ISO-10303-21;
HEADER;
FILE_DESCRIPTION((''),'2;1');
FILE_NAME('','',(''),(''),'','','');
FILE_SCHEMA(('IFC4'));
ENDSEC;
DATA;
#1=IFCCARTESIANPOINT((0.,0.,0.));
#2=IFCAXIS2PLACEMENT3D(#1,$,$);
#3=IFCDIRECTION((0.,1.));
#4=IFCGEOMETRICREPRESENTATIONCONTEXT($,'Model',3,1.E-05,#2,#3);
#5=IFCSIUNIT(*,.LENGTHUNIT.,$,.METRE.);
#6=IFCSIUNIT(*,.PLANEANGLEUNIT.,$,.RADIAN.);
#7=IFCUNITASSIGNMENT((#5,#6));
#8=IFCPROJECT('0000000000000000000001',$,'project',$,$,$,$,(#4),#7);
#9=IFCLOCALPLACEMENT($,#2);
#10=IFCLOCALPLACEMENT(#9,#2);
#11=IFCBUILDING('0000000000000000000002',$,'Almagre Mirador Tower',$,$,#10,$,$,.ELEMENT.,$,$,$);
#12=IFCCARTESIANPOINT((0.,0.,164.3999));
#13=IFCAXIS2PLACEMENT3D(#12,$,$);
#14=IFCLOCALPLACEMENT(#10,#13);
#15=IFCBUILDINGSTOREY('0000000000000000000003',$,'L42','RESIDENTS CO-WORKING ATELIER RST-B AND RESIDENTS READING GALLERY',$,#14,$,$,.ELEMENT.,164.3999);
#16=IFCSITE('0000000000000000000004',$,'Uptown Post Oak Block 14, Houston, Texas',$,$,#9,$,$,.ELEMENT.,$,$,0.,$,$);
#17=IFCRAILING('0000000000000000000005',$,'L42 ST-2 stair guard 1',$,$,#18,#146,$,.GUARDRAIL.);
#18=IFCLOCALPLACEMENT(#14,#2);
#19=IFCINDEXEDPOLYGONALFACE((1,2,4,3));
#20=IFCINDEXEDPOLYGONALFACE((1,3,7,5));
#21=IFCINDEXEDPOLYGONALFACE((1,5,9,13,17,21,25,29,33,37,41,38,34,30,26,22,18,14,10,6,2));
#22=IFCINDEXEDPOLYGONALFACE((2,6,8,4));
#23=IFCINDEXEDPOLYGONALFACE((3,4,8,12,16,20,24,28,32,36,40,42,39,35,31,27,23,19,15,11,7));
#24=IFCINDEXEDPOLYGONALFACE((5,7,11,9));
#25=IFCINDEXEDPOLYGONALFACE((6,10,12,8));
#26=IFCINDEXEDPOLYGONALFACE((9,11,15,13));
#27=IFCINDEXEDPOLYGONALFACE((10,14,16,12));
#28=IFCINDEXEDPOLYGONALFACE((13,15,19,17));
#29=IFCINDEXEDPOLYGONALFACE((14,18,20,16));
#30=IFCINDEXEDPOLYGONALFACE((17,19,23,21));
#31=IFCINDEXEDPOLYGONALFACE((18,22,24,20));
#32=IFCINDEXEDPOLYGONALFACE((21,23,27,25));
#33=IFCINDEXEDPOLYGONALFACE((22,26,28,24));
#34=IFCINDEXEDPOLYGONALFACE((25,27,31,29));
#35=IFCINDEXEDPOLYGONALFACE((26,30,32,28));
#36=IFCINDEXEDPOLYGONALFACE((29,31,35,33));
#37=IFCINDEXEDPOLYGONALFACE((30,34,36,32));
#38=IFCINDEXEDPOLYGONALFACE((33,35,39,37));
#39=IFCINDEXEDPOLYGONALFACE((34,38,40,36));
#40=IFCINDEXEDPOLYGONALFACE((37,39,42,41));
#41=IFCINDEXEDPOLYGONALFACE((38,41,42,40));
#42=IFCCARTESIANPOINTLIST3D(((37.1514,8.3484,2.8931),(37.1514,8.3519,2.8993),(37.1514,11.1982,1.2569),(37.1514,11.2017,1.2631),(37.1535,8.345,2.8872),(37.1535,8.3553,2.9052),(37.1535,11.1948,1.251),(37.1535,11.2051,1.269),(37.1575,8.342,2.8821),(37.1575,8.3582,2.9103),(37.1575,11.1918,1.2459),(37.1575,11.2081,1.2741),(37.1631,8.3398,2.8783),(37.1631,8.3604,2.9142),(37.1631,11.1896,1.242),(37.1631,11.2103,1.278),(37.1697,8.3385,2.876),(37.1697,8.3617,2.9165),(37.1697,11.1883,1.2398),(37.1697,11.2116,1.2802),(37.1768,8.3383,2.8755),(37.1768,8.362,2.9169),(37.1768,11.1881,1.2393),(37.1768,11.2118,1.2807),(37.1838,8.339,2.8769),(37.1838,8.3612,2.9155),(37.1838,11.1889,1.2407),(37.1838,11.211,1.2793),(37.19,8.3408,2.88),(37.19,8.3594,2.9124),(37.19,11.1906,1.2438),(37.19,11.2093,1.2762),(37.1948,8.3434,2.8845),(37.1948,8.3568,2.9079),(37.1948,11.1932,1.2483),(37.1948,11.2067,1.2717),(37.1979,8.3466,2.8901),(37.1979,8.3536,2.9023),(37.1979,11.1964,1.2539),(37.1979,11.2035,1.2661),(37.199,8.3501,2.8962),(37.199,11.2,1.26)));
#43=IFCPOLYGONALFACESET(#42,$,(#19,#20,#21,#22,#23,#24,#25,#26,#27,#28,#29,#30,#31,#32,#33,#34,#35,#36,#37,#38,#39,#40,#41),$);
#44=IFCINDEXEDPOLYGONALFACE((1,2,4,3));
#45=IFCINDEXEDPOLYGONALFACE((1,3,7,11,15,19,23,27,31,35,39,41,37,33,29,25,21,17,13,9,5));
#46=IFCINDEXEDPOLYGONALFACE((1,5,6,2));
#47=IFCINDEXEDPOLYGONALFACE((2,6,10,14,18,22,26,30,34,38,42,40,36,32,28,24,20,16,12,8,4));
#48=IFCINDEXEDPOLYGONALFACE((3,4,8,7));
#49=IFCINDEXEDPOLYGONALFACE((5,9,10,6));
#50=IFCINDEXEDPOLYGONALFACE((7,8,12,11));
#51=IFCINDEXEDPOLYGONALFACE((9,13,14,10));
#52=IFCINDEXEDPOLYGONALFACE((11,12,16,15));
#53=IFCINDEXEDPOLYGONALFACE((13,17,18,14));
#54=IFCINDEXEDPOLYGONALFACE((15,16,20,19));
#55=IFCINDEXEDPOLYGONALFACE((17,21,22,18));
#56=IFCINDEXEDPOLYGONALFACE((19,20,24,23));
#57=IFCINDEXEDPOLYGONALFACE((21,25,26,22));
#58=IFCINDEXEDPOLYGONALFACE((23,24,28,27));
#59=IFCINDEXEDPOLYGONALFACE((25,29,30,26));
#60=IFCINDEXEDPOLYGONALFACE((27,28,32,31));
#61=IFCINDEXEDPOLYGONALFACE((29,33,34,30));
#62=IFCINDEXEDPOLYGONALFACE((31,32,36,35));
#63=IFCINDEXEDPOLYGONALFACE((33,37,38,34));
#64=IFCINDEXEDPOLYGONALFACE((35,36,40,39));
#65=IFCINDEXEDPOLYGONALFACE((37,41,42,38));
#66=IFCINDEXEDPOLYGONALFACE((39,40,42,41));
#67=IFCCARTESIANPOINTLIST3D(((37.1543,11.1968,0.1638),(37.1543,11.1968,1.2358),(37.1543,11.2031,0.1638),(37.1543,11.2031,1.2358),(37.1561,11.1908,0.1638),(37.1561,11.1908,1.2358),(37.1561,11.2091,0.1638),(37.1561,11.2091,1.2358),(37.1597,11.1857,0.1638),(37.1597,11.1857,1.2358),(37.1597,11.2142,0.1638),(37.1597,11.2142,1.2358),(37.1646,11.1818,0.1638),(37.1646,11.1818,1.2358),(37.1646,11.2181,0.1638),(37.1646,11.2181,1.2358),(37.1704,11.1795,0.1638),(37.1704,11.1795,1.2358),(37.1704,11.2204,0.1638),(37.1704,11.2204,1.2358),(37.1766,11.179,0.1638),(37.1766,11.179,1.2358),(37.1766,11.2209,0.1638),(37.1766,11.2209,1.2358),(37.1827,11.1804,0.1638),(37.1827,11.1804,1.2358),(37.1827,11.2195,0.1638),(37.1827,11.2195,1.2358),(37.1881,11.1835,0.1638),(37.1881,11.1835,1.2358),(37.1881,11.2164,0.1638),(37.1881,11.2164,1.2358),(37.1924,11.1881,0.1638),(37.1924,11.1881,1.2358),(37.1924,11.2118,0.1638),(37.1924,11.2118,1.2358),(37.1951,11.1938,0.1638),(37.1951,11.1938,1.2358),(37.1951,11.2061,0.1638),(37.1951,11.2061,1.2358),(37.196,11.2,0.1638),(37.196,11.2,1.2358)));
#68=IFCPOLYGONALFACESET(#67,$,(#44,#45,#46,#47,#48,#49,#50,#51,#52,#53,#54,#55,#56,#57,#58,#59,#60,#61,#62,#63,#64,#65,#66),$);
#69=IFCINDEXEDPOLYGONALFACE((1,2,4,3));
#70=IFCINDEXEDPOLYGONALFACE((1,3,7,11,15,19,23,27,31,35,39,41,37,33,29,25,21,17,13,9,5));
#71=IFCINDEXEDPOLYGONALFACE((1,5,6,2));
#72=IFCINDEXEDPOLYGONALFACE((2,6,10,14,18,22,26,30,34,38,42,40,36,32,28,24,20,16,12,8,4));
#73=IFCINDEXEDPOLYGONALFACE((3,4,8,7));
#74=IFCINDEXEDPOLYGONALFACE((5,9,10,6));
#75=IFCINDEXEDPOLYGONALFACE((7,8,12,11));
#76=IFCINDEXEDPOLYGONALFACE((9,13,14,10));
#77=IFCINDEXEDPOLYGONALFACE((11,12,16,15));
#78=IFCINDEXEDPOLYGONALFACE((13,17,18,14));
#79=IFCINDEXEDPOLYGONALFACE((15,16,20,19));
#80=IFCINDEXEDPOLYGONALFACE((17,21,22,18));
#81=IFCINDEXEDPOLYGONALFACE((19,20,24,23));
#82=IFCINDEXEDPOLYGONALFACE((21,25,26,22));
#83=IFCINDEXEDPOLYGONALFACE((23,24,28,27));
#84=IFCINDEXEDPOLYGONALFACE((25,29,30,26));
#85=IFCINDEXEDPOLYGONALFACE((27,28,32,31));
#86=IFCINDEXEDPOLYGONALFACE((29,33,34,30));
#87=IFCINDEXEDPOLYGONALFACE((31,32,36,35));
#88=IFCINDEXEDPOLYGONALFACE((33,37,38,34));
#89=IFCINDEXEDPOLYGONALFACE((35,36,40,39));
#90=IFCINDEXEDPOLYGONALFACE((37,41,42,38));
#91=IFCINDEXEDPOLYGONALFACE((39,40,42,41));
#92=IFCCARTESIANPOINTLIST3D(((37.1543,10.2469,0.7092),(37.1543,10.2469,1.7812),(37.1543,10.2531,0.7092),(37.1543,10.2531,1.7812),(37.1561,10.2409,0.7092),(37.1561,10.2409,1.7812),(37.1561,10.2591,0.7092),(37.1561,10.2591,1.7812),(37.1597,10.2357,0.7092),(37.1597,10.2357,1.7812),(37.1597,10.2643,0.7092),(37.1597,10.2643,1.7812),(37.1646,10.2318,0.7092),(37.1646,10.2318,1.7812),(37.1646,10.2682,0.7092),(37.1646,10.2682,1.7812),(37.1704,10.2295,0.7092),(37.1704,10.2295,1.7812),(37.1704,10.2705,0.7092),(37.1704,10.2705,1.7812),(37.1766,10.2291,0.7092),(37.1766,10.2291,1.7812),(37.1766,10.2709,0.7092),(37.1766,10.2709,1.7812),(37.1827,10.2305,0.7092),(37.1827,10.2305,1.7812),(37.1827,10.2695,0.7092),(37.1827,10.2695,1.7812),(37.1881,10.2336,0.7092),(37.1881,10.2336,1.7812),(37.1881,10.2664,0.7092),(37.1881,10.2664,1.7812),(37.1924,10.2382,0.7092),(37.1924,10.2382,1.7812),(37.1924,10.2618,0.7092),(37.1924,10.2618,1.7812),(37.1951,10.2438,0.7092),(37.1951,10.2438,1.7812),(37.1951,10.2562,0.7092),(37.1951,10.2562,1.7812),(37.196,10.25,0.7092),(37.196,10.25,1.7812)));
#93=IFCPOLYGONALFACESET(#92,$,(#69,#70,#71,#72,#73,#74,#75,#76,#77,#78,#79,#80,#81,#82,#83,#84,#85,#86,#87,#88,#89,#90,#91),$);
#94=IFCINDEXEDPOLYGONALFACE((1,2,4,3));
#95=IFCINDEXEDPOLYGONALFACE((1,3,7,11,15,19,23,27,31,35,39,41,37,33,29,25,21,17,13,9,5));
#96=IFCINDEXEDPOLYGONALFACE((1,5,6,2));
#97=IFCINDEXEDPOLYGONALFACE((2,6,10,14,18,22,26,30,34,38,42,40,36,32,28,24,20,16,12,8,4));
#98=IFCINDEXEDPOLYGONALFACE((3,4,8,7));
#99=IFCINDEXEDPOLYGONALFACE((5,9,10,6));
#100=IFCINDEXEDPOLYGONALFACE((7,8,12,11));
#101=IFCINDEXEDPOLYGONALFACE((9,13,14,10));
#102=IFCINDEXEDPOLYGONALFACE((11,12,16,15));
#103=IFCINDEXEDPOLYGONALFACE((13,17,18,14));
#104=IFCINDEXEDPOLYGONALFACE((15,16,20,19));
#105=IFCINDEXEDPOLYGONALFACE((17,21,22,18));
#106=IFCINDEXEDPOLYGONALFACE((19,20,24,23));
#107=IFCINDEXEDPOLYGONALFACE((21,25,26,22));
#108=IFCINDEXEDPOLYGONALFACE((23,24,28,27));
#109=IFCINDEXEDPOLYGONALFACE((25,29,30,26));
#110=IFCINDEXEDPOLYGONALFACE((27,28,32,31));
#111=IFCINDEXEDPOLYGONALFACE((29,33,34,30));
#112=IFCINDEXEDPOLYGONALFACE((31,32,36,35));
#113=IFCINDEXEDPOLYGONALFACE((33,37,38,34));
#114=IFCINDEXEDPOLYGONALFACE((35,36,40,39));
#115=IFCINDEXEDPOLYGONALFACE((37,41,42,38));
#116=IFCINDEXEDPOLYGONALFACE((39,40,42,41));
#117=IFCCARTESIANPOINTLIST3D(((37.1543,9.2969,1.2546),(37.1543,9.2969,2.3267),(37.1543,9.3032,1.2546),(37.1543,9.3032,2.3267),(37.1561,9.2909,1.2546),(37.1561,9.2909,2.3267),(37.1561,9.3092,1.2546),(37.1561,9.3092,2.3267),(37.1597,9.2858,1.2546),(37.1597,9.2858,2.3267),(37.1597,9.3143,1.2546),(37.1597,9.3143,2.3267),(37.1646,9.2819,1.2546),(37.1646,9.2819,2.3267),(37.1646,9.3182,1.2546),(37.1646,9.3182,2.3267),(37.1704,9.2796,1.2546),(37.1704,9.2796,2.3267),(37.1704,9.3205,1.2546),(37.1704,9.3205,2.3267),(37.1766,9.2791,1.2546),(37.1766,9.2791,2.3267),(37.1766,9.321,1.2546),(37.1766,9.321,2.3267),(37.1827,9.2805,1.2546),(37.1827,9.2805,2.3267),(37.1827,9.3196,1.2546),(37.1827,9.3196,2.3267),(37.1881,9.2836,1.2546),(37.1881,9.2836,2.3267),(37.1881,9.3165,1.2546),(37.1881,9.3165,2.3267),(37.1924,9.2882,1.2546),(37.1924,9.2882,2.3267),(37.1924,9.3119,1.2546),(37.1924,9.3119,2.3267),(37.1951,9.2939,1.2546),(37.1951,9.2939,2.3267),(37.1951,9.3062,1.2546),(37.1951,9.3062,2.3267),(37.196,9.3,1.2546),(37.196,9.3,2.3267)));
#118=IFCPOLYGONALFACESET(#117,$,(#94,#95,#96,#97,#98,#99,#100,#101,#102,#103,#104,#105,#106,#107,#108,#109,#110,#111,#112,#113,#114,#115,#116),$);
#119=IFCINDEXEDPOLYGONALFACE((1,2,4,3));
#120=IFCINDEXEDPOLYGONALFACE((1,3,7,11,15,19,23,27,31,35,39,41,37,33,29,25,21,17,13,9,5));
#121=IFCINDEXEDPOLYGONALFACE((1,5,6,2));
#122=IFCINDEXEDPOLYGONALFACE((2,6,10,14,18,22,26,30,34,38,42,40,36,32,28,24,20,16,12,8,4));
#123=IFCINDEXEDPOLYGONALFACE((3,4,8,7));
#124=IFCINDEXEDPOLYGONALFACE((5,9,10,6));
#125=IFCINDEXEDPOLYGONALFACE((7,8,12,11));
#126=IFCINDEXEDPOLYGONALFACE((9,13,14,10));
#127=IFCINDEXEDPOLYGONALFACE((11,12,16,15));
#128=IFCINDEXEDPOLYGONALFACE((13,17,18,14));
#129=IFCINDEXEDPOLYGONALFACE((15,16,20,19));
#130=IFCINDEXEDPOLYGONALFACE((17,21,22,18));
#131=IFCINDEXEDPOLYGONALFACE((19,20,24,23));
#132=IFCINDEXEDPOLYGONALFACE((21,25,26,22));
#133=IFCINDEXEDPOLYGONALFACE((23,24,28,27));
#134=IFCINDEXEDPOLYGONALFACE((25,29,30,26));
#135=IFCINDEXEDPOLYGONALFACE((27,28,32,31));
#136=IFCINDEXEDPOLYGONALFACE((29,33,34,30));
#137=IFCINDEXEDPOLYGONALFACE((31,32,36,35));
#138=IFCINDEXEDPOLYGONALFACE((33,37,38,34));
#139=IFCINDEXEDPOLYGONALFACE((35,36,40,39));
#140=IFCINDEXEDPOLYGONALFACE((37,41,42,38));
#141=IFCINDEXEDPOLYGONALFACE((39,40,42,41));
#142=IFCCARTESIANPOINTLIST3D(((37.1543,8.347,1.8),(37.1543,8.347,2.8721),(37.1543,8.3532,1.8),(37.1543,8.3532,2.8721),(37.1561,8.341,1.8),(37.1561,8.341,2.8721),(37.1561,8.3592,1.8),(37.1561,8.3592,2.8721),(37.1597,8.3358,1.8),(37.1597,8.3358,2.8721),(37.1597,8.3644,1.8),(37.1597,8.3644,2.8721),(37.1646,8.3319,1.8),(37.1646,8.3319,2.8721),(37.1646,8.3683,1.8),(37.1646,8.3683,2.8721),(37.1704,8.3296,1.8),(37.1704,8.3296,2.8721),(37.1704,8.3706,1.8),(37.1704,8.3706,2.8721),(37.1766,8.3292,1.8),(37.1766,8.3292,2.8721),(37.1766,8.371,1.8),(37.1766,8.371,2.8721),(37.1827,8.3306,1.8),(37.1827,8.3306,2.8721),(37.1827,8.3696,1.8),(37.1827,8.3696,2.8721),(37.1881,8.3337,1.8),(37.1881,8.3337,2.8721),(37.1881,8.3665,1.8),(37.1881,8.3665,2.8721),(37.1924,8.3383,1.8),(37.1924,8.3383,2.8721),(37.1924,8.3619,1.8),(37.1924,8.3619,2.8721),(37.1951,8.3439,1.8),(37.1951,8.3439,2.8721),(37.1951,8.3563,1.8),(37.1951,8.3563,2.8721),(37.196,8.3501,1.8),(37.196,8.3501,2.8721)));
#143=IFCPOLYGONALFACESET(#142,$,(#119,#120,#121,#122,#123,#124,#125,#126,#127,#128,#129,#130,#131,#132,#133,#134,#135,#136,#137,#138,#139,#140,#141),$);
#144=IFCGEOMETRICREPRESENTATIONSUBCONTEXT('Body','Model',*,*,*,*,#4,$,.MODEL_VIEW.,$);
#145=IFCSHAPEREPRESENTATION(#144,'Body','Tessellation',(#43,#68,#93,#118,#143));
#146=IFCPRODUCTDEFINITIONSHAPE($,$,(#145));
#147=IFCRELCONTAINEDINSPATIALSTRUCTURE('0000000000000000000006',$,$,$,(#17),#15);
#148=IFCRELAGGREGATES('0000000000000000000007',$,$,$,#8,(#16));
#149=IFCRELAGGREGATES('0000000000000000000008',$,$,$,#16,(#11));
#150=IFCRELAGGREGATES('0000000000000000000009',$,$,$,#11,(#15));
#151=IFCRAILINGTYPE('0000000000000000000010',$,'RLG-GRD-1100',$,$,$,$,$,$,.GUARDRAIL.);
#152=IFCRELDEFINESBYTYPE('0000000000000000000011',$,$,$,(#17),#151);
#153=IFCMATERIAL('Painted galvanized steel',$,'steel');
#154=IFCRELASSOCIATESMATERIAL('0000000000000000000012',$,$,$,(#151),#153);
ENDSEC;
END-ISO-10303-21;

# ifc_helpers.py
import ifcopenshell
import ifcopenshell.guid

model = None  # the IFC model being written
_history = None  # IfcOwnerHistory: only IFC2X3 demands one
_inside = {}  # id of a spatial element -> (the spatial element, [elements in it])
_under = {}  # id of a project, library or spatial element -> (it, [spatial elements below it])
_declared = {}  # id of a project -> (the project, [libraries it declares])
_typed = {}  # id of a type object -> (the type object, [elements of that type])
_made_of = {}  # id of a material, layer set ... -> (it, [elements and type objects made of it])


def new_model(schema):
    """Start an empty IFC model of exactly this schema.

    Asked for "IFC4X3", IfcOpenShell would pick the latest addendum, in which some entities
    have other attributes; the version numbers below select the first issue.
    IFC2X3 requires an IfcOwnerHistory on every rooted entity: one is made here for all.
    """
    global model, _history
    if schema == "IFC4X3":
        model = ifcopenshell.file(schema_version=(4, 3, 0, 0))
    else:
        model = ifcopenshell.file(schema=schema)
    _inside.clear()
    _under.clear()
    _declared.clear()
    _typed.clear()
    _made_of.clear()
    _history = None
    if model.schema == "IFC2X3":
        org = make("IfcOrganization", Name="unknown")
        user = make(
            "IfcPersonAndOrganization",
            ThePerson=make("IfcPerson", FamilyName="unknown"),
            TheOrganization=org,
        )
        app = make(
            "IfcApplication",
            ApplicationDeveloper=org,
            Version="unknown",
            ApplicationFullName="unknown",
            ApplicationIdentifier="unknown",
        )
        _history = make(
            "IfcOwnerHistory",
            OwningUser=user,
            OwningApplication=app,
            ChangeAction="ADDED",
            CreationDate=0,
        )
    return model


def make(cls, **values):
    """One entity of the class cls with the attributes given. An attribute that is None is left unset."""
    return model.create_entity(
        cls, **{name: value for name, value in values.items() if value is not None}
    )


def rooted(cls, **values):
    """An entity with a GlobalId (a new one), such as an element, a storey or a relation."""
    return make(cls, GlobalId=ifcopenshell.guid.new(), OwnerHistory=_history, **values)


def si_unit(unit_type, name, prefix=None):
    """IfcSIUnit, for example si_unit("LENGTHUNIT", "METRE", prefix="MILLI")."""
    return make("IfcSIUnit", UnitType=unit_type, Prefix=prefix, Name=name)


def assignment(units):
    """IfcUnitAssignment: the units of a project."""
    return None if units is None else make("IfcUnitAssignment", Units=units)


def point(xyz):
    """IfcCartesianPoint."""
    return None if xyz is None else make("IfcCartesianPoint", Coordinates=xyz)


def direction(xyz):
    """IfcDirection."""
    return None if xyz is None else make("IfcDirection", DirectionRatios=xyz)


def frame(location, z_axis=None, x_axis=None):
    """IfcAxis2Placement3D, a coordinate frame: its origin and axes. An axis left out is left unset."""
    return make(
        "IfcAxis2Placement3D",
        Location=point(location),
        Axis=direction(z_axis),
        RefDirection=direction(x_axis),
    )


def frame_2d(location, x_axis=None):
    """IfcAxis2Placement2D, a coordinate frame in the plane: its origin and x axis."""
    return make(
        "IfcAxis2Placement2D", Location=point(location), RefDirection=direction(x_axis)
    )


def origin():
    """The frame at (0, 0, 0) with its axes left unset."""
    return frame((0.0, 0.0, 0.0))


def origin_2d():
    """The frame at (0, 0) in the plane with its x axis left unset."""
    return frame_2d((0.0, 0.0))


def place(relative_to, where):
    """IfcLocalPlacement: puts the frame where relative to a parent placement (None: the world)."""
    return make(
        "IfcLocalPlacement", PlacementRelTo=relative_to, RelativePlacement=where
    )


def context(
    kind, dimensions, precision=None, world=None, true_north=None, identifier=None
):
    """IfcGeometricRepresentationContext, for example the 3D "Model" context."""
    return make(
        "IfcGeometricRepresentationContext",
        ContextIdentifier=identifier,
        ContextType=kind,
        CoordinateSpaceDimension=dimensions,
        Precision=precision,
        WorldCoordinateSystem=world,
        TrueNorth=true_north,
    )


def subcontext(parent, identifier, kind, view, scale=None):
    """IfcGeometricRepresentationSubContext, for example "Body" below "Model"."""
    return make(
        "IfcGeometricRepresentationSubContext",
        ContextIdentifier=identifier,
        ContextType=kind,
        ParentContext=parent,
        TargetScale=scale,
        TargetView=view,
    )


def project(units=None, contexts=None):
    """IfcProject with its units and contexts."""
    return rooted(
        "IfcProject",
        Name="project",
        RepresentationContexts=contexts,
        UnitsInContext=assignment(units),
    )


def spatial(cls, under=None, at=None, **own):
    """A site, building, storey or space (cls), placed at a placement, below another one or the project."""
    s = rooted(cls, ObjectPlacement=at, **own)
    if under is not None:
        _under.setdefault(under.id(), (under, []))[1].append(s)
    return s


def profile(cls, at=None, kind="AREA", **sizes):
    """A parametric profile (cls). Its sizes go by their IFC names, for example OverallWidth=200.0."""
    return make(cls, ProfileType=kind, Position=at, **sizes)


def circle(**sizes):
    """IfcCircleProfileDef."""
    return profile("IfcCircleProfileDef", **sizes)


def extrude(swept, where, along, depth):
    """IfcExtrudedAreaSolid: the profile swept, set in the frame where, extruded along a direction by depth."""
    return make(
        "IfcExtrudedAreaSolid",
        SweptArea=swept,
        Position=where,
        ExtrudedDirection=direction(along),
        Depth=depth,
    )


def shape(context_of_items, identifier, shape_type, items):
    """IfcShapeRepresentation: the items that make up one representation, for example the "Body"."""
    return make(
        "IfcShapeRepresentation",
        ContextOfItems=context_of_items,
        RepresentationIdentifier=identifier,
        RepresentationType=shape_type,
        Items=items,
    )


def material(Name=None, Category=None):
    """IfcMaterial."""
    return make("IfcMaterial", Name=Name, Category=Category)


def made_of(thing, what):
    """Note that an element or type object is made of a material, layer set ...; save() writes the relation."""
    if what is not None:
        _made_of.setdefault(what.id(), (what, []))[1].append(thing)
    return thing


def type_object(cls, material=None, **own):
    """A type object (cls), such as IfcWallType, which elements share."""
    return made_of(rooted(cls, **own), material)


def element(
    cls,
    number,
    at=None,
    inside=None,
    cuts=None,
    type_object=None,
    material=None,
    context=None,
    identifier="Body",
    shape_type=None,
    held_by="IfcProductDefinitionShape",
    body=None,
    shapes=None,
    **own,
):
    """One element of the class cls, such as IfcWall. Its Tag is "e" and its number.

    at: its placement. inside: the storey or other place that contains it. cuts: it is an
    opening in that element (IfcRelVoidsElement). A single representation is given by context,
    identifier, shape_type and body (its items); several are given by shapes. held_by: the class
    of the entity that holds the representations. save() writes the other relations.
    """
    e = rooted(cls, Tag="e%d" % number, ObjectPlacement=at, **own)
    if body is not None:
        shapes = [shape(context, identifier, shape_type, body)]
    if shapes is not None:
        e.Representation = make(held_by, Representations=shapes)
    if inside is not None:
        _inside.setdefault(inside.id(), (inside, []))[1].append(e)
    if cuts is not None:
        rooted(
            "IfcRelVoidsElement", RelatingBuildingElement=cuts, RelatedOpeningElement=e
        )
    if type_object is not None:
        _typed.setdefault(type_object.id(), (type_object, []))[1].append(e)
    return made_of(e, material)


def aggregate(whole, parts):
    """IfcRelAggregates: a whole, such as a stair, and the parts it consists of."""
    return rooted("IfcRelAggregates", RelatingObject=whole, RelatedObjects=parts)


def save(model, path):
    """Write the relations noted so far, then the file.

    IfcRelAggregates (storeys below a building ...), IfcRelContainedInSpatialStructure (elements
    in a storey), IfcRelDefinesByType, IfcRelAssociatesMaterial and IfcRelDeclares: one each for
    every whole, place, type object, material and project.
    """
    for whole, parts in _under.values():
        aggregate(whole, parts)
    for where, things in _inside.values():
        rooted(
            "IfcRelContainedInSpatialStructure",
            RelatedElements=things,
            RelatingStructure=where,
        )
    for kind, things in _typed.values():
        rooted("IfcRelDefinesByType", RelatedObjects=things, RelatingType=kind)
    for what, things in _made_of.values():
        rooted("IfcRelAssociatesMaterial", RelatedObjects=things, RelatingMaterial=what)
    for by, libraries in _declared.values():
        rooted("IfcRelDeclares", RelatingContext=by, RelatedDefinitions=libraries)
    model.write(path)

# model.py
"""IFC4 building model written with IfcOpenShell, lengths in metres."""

from ifc_helpers import new_model, si_unit, direction, frame, origin, origin_2d, place, context, subcontext, project, spatial, circle, extrude, material, type_object, element, save


model = new_model("IFC4")

# Units and contexts
model_context = context("Model", 3, precision=1e-05, world=origin(), true_north=direction((0.0, 1.0)))
body_context = subcontext(model_context, "Body", "Model", "MODEL_VIEW")
ifc_project = project(units=[si_unit("LENGTHUNIT", "METRE"), si_unit("PLANEANGLEUNIT", "RADIAN")], contexts=[model_context])

# Site, building, storey
site_placement = place(None, origin())
site = spatial("IfcSite", under=ifc_project, at=site_placement, Name="Uptown Post Oak Block 14, Houston, Texas", CompositionType="ELEMENT", RefElevation=0.0)
building_placement = place(site_placement, origin())
building = spatial("IfcBuilding", under=site, at=building_placement, Name="Almagre Mirador Tower", CompositionType="ELEMENT")
storey_placement = place(building_placement, frame((0.0, 0.0, 164.3999)))
storey = spatial("IfcBuildingStorey", under=building, at=storey_placement, Name="L42", Description="RESIDENTS CO-WORKING ATELIER RST-B AND RESIDENTS READING GALLERY", CompositionType="ELEMENT", Elevation=164.3999)

# Railing
ifc_material_1 = material(Name="Painted galvanized steel", Category="steel")
railing_type_1 = type_object("IfcRailingType", Name="RLG-GRD-1100", PredefinedType="GUARDRAIL", material=ifc_material_1)
railing_1_placement = place(storey_placement, frame((37.175, 11.2, 0.1638)))
element("IfcRailing", 1, at=railing_1_placement, inside=storey, type_object=railing_type_1, Name="L42 ST-2 stair guard 1", PredefinedType="GUARDRAIL", context=body_context, shape_type="SweptSolid", body=[
    extrude(circle(Radius=0.0239, at=origin_2d()), frame((0.0, 0.0, 1.0962), z_axis=(0.0, -0.867226, 0.497914), x_axis=(1.0, 0.0, 0.0)), (0.0, 0.0, 1.0), 3.2861),
    extrude(circle(Radius=0.021, at=origin_2d()), origin(), (0.0, 0.0, 1.0), 1.072),
    extrude(circle(Radius=0.021, at=origin_2d()), frame((0.0, -0.95, 0.5454)), (0.0, 0.0, 1.0), 1.072),
    extrude(circle(Radius=0.021, at=origin_2d()), frame((0.0, -1.8999, 1.0908)), (0.0, 0.0, 1.0), 1.072),
    extrude(circle(Radius=0.021, at=origin_2d()), frame((0.0, -2.8499, 1.6362)), (0.0, 0.0, 1.0), 1.072),
])

save(model, "model.ifc")
